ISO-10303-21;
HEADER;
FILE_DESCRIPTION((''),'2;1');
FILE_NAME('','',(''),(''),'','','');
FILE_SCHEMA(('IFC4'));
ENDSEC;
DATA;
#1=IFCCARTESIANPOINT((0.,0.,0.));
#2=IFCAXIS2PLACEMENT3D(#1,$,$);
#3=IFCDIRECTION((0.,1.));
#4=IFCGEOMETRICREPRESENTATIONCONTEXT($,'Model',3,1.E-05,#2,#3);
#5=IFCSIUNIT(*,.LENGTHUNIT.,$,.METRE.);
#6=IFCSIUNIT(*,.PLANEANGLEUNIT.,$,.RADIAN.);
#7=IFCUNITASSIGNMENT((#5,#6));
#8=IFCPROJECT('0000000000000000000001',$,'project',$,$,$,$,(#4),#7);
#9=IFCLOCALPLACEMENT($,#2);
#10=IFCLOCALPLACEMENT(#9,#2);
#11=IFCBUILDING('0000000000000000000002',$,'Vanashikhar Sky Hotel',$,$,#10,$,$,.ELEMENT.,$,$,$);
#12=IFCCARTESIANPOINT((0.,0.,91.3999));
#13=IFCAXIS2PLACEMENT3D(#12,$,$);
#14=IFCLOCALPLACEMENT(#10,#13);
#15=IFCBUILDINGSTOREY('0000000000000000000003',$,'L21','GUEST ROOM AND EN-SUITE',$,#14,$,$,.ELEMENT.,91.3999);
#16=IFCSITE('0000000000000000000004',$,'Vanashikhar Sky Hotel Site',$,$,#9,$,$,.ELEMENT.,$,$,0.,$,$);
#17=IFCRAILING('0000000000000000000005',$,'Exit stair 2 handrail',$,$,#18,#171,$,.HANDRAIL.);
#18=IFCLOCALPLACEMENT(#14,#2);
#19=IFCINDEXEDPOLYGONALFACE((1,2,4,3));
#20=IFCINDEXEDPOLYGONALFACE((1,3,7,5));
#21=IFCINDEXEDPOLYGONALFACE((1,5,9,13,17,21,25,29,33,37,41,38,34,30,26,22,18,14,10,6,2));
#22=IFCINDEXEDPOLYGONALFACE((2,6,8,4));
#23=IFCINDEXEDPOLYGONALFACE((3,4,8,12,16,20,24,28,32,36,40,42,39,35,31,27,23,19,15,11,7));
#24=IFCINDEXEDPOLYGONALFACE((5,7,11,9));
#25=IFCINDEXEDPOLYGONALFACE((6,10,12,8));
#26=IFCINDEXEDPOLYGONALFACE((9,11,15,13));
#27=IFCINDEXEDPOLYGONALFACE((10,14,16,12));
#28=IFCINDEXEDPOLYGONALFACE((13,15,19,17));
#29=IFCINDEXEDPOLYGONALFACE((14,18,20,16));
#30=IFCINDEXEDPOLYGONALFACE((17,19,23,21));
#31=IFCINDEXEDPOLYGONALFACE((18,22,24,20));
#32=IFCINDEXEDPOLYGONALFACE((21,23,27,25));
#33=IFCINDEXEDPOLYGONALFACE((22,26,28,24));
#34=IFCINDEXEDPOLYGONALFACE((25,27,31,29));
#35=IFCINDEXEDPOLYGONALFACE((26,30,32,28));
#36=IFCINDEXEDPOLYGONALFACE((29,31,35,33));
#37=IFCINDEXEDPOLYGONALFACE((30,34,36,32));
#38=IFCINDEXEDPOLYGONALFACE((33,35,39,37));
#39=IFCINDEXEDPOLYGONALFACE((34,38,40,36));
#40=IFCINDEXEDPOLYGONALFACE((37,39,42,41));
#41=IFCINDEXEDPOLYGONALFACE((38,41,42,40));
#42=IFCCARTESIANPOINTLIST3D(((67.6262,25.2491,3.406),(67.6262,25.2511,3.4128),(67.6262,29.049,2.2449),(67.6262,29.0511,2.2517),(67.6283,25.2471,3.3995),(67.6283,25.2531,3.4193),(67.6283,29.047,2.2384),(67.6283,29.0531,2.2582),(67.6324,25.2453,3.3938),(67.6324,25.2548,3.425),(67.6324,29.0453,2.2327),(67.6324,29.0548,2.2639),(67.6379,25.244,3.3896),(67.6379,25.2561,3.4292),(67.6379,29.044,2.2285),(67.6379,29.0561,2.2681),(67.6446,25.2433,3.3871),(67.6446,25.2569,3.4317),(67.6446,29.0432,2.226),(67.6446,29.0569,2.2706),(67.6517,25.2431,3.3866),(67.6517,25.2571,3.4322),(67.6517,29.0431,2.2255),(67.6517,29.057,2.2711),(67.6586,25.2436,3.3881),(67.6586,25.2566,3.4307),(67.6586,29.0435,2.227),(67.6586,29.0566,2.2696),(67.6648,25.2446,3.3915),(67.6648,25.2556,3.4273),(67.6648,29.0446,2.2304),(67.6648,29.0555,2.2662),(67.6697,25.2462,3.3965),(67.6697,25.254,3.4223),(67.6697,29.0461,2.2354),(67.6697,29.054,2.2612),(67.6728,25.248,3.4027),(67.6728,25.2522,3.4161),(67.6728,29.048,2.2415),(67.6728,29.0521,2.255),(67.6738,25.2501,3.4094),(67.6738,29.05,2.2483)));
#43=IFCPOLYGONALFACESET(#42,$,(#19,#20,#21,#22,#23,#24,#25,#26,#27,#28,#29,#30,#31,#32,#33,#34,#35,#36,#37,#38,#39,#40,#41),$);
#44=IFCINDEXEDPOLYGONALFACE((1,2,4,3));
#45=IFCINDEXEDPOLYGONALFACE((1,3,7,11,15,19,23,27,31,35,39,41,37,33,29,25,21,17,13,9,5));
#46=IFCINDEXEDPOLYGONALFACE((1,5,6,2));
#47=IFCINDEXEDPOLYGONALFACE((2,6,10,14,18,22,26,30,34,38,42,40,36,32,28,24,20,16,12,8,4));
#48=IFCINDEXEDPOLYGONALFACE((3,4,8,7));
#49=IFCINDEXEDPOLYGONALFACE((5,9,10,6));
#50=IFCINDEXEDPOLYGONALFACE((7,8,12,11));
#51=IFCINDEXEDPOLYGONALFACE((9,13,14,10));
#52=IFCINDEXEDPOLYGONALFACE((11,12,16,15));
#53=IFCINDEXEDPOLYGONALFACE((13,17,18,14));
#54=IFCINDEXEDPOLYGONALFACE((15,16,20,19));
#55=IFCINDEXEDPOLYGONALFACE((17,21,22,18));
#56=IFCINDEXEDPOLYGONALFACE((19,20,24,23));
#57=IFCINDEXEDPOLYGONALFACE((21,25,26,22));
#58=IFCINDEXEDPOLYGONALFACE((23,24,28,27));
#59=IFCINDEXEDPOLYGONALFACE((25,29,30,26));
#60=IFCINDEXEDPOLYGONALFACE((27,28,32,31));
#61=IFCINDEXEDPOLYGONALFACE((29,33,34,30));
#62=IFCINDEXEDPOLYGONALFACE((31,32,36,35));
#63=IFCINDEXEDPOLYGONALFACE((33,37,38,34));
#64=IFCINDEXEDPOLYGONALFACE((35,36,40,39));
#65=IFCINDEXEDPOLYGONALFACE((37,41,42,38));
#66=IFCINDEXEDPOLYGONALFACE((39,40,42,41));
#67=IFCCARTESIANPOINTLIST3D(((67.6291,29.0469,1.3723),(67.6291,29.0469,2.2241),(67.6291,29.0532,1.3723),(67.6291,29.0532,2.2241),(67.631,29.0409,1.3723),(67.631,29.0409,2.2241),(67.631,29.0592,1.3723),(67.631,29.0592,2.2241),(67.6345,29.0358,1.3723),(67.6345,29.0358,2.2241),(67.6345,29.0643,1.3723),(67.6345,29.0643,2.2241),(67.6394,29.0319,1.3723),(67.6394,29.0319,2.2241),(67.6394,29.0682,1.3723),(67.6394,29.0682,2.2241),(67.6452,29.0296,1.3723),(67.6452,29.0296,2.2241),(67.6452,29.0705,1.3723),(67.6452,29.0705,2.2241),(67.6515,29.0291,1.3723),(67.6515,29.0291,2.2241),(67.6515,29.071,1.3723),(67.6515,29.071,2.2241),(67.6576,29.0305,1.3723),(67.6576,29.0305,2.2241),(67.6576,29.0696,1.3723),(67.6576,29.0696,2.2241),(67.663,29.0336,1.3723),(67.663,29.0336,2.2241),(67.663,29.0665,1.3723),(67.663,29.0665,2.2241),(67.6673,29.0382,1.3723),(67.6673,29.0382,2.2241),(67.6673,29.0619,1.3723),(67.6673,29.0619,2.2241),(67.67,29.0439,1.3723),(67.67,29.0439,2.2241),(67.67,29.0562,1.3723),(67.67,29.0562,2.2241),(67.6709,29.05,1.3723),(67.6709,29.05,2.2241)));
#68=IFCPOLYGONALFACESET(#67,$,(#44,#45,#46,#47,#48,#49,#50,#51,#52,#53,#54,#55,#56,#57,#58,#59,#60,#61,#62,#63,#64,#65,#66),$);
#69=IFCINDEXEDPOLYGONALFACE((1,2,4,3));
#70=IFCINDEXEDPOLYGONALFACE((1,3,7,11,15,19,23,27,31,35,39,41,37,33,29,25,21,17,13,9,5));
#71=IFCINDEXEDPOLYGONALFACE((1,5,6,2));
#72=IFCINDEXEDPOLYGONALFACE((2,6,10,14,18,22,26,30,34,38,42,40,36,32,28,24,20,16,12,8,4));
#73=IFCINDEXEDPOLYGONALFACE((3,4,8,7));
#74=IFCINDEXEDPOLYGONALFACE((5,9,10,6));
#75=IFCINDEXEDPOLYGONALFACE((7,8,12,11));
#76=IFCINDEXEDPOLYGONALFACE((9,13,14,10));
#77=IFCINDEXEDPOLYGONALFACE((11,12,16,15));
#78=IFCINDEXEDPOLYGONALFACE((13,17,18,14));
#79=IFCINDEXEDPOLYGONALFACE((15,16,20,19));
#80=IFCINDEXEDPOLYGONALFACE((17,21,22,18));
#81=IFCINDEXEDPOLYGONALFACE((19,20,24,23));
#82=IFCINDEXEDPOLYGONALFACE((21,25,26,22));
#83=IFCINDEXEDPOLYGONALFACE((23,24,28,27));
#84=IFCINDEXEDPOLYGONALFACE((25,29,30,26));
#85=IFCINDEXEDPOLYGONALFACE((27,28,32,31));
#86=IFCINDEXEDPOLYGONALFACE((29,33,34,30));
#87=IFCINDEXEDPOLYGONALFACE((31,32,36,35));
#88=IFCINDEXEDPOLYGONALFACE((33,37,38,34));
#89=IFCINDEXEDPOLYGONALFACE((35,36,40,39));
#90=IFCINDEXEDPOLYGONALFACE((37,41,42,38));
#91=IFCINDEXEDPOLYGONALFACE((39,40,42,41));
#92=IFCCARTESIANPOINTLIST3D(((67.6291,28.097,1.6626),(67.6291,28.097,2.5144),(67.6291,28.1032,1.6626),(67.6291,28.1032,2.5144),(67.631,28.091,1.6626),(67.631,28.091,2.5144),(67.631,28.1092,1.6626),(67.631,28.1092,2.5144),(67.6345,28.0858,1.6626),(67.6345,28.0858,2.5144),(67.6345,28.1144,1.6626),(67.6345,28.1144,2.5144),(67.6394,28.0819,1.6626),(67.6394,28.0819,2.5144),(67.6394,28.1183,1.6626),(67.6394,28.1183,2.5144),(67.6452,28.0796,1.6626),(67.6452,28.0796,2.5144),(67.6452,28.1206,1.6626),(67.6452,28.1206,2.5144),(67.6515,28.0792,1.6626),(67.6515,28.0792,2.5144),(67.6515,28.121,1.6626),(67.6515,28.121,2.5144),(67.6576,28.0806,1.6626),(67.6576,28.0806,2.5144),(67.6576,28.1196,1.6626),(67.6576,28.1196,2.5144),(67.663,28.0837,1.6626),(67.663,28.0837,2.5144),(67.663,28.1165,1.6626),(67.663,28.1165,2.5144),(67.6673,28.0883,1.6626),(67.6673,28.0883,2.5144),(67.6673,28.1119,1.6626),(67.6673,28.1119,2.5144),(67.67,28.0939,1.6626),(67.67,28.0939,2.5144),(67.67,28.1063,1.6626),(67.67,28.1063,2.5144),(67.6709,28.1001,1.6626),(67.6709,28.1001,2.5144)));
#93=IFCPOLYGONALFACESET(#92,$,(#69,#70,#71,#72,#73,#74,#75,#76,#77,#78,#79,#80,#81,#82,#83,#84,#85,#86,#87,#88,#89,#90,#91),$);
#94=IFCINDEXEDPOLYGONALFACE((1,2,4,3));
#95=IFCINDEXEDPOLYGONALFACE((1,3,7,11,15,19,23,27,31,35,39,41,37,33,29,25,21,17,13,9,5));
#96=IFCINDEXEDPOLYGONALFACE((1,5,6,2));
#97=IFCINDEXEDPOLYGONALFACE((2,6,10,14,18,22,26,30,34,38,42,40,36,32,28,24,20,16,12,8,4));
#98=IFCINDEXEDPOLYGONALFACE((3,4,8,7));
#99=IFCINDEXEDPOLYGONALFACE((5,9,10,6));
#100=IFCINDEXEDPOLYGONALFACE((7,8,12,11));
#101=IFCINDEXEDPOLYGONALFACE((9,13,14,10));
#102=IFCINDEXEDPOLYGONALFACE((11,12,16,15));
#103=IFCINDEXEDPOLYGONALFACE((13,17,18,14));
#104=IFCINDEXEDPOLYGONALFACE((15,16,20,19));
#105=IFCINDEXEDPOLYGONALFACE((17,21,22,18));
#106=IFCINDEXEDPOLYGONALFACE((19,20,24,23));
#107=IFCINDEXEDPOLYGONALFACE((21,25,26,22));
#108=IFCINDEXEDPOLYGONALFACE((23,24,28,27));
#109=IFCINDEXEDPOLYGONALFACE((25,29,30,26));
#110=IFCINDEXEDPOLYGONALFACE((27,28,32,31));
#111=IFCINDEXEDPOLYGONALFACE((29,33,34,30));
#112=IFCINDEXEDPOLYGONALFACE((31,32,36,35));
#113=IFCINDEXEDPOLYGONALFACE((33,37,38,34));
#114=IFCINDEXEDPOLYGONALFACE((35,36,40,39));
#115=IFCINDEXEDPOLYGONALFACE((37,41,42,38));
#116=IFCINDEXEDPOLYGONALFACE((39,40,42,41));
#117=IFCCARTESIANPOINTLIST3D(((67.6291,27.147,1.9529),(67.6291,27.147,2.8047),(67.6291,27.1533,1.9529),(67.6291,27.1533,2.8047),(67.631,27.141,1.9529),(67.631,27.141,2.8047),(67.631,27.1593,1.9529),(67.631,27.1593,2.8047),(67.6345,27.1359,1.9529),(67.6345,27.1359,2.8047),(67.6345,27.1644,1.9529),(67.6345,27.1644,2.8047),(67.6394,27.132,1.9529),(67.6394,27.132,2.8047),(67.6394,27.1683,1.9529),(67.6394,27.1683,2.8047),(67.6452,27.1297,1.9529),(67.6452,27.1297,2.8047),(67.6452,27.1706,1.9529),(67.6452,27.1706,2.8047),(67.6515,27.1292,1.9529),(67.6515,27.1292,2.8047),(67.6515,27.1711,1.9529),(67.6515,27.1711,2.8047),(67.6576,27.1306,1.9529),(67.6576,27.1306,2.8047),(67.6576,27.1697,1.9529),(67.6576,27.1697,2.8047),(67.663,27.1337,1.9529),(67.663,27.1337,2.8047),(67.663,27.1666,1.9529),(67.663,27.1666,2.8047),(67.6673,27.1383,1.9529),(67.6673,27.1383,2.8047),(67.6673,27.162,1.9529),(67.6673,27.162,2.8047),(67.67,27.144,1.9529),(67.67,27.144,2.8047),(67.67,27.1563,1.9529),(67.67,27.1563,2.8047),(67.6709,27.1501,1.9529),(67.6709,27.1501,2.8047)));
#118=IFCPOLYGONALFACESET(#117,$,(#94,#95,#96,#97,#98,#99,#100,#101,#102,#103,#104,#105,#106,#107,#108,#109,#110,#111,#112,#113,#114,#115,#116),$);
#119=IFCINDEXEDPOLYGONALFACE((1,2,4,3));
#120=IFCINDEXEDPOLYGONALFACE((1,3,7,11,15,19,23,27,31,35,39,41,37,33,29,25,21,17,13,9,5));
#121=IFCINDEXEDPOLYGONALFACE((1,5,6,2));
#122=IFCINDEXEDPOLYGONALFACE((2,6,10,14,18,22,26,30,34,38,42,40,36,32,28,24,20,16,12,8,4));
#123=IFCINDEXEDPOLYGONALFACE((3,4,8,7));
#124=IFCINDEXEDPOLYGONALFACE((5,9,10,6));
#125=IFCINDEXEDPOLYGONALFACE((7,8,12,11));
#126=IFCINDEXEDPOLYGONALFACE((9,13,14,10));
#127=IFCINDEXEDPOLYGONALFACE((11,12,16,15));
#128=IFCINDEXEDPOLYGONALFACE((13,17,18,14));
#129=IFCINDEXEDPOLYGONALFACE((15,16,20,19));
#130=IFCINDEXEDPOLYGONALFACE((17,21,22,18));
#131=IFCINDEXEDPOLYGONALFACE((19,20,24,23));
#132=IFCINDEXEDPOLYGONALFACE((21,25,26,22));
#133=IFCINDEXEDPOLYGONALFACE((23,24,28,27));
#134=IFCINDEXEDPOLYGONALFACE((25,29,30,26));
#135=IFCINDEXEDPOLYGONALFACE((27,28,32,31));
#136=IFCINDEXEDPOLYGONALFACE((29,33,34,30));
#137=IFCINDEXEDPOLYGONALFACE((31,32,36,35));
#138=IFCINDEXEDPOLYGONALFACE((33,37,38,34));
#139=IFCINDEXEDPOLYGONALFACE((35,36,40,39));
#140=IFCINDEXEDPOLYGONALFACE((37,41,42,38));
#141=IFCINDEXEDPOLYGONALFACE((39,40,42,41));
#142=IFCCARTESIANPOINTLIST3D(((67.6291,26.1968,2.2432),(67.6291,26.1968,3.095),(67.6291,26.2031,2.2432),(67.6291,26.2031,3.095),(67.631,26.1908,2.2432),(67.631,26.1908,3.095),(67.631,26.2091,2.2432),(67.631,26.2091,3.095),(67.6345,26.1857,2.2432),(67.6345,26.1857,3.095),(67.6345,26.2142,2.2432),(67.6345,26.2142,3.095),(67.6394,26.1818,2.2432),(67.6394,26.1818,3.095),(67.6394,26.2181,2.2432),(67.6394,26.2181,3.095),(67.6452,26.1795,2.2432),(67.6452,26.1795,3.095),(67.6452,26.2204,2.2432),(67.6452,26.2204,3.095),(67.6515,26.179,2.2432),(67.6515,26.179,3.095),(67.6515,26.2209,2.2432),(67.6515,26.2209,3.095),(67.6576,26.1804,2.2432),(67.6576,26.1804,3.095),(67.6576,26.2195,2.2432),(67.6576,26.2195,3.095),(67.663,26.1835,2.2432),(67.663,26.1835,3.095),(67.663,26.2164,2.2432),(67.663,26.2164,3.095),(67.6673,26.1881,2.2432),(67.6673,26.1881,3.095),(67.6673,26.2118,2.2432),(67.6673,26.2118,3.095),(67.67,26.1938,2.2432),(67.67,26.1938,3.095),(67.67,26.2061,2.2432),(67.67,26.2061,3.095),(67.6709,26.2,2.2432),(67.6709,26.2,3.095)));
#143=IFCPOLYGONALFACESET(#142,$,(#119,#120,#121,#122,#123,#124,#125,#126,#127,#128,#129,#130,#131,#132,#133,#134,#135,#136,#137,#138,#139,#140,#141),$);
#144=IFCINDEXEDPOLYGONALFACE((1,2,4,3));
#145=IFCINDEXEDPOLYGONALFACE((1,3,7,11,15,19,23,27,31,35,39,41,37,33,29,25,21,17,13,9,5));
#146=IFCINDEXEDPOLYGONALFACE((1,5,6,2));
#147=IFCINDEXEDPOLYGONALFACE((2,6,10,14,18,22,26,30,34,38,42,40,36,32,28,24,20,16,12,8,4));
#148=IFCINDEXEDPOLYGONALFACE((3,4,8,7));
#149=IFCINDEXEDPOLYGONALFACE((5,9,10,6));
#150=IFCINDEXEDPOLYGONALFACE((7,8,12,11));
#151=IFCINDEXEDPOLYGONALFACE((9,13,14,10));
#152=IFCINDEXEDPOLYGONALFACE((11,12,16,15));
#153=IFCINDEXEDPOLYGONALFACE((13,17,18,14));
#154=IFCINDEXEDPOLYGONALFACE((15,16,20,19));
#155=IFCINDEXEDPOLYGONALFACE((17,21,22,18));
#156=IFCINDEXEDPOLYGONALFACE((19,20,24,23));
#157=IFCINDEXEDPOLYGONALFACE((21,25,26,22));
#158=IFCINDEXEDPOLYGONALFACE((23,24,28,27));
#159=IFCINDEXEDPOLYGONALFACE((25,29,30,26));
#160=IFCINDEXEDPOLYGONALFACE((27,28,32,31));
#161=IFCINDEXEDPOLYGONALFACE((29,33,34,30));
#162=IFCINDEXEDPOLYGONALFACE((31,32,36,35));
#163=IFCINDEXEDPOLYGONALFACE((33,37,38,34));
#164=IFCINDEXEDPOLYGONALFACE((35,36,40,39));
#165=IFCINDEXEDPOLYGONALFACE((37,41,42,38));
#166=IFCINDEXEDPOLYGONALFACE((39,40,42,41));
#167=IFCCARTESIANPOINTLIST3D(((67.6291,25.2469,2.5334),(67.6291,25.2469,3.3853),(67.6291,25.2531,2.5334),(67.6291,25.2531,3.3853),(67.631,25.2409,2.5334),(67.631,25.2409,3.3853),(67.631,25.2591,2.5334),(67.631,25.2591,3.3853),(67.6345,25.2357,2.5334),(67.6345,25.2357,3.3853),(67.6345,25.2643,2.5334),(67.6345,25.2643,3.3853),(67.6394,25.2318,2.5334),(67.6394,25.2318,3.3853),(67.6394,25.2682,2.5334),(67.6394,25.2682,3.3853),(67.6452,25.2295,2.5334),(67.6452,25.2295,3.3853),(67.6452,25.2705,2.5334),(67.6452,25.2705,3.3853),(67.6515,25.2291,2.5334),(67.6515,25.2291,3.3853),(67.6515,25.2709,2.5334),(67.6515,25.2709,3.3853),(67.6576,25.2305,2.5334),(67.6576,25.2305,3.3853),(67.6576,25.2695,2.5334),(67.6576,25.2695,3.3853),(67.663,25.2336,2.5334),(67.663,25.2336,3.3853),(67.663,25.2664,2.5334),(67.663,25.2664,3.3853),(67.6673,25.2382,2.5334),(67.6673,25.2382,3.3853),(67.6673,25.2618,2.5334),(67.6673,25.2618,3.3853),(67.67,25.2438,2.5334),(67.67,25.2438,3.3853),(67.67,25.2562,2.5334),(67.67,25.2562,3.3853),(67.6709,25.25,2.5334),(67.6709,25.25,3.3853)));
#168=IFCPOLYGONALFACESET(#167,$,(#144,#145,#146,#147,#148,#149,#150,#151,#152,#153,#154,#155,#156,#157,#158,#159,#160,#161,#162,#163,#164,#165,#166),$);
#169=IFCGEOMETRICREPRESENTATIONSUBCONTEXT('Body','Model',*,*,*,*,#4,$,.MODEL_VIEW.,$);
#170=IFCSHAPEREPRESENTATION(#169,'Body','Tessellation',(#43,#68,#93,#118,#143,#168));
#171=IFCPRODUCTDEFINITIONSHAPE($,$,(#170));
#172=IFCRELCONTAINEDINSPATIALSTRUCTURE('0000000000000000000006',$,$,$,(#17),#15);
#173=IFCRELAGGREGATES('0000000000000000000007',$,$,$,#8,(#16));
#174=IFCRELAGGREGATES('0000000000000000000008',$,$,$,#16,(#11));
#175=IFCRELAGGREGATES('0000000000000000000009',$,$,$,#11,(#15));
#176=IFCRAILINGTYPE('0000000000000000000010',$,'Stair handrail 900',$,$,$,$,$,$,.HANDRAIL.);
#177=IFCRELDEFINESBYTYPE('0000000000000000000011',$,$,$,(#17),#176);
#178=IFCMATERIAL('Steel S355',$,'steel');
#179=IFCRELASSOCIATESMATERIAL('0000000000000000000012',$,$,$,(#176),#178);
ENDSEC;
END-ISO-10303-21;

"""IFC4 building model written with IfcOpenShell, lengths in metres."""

from ifc_helpers import new_model, si_unit, direction, frame, origin, origin_2d, place, context, subcontext, project, spatial, circle, extrude, source, transform, mapped, material, type_object, element, save


model = new_model("IFC4")

# Units and contexts
model_context = context("Model", 3, precision=1e-05, world=origin(), true_north=direction((0.0, 1.0)))
body_context = subcontext(model_context, "Body", "Model", "MODEL_VIEW")
ifc_project = project(units=[si_unit("LENGTHUNIT", "METRE"), si_unit("PLANEANGLEUNIT", "RADIAN")], contexts=[model_context])

# Site, building, storey
site_placement = place(None, origin())
site = spatial("IfcSite", under=ifc_project, at=site_placement, Name="Vanashikhar Sky Hotel Site", CompositionType="ELEMENT", RefElevation=0.0)
building_placement = place(site_placement, origin())
building = spatial("IfcBuilding", under=site, at=building_placement, Name="Vanashikhar Sky Hotel", CompositionType="ELEMENT")
storey_placement = place(building_placement, frame((0.0, 0.0, 91.3999)))
storey = spatial("IfcBuildingStorey", under=building, at=storey_placement, Name="L21", Description="GUEST ROOM AND EN-SUITE", CompositionType="ELEMENT", Elevation=91.3999)

# Railing
ifc_material_1 = material(Name="Steel S355", Category="steel")
railing_type_1 = type_object("IfcRailingType", Name="Stair handrail 900", PredefinedType="HANDRAIL", material=ifc_material_1)
shared_shape_1 = source(origin(), body_context, "Body", "SweptSolid", [
    extrude(circle(Radius=0.0239, at=origin_2d()), frame((0.0, 0.0, 0.876), z_axis=(0.0, -0.956351, 0.29222), x_axis=(1.0, 0.0, 0.0)), (0.0, 0.0, 1.0), 3.9734),
    extrude(circle(Radius=0.021, at=origin_2d()), origin(), (0.0, 0.0, 1.0), 0.8518),
    extrude(circle(Radius=0.021, at=origin_2d()), frame((0.0, -0.95, 0.2903)), (0.0, 0.0, 1.0), 0.8518),
    extrude(circle(Radius=0.021, at=origin_2d()), frame((0.0, -1.8999, 0.5806)), (0.0, 0.0, 1.0), 0.8518),
    extrude(circle(Radius=0.021, at=origin_2d()), frame((0.0, -2.8501, 0.8708)), (0.0, 0.0, 1.0), 0.8518),
    extrude(circle(Radius=0.021, at=origin_2d()), frame((0.0, -3.8, 1.1611)), (0.0, 0.0, 1.0), 0.8518),
])
railing_1_placement = place(storey_placement, frame((67.6499, 29.05, 1.3723)))
element("IfcRailing", 1, at=railing_1_placement, inside=storey, type_object=railing_type_1, Name="Exit stair 2 handrail", PredefinedType="HANDRAIL", context=body_context, shape_type="MappedRepresentation", body=[
    mapped(shared_shape_1, transform((0.0, 0.0, 0.0), scale=1.0)),
])

save(model, "model.ifc")
